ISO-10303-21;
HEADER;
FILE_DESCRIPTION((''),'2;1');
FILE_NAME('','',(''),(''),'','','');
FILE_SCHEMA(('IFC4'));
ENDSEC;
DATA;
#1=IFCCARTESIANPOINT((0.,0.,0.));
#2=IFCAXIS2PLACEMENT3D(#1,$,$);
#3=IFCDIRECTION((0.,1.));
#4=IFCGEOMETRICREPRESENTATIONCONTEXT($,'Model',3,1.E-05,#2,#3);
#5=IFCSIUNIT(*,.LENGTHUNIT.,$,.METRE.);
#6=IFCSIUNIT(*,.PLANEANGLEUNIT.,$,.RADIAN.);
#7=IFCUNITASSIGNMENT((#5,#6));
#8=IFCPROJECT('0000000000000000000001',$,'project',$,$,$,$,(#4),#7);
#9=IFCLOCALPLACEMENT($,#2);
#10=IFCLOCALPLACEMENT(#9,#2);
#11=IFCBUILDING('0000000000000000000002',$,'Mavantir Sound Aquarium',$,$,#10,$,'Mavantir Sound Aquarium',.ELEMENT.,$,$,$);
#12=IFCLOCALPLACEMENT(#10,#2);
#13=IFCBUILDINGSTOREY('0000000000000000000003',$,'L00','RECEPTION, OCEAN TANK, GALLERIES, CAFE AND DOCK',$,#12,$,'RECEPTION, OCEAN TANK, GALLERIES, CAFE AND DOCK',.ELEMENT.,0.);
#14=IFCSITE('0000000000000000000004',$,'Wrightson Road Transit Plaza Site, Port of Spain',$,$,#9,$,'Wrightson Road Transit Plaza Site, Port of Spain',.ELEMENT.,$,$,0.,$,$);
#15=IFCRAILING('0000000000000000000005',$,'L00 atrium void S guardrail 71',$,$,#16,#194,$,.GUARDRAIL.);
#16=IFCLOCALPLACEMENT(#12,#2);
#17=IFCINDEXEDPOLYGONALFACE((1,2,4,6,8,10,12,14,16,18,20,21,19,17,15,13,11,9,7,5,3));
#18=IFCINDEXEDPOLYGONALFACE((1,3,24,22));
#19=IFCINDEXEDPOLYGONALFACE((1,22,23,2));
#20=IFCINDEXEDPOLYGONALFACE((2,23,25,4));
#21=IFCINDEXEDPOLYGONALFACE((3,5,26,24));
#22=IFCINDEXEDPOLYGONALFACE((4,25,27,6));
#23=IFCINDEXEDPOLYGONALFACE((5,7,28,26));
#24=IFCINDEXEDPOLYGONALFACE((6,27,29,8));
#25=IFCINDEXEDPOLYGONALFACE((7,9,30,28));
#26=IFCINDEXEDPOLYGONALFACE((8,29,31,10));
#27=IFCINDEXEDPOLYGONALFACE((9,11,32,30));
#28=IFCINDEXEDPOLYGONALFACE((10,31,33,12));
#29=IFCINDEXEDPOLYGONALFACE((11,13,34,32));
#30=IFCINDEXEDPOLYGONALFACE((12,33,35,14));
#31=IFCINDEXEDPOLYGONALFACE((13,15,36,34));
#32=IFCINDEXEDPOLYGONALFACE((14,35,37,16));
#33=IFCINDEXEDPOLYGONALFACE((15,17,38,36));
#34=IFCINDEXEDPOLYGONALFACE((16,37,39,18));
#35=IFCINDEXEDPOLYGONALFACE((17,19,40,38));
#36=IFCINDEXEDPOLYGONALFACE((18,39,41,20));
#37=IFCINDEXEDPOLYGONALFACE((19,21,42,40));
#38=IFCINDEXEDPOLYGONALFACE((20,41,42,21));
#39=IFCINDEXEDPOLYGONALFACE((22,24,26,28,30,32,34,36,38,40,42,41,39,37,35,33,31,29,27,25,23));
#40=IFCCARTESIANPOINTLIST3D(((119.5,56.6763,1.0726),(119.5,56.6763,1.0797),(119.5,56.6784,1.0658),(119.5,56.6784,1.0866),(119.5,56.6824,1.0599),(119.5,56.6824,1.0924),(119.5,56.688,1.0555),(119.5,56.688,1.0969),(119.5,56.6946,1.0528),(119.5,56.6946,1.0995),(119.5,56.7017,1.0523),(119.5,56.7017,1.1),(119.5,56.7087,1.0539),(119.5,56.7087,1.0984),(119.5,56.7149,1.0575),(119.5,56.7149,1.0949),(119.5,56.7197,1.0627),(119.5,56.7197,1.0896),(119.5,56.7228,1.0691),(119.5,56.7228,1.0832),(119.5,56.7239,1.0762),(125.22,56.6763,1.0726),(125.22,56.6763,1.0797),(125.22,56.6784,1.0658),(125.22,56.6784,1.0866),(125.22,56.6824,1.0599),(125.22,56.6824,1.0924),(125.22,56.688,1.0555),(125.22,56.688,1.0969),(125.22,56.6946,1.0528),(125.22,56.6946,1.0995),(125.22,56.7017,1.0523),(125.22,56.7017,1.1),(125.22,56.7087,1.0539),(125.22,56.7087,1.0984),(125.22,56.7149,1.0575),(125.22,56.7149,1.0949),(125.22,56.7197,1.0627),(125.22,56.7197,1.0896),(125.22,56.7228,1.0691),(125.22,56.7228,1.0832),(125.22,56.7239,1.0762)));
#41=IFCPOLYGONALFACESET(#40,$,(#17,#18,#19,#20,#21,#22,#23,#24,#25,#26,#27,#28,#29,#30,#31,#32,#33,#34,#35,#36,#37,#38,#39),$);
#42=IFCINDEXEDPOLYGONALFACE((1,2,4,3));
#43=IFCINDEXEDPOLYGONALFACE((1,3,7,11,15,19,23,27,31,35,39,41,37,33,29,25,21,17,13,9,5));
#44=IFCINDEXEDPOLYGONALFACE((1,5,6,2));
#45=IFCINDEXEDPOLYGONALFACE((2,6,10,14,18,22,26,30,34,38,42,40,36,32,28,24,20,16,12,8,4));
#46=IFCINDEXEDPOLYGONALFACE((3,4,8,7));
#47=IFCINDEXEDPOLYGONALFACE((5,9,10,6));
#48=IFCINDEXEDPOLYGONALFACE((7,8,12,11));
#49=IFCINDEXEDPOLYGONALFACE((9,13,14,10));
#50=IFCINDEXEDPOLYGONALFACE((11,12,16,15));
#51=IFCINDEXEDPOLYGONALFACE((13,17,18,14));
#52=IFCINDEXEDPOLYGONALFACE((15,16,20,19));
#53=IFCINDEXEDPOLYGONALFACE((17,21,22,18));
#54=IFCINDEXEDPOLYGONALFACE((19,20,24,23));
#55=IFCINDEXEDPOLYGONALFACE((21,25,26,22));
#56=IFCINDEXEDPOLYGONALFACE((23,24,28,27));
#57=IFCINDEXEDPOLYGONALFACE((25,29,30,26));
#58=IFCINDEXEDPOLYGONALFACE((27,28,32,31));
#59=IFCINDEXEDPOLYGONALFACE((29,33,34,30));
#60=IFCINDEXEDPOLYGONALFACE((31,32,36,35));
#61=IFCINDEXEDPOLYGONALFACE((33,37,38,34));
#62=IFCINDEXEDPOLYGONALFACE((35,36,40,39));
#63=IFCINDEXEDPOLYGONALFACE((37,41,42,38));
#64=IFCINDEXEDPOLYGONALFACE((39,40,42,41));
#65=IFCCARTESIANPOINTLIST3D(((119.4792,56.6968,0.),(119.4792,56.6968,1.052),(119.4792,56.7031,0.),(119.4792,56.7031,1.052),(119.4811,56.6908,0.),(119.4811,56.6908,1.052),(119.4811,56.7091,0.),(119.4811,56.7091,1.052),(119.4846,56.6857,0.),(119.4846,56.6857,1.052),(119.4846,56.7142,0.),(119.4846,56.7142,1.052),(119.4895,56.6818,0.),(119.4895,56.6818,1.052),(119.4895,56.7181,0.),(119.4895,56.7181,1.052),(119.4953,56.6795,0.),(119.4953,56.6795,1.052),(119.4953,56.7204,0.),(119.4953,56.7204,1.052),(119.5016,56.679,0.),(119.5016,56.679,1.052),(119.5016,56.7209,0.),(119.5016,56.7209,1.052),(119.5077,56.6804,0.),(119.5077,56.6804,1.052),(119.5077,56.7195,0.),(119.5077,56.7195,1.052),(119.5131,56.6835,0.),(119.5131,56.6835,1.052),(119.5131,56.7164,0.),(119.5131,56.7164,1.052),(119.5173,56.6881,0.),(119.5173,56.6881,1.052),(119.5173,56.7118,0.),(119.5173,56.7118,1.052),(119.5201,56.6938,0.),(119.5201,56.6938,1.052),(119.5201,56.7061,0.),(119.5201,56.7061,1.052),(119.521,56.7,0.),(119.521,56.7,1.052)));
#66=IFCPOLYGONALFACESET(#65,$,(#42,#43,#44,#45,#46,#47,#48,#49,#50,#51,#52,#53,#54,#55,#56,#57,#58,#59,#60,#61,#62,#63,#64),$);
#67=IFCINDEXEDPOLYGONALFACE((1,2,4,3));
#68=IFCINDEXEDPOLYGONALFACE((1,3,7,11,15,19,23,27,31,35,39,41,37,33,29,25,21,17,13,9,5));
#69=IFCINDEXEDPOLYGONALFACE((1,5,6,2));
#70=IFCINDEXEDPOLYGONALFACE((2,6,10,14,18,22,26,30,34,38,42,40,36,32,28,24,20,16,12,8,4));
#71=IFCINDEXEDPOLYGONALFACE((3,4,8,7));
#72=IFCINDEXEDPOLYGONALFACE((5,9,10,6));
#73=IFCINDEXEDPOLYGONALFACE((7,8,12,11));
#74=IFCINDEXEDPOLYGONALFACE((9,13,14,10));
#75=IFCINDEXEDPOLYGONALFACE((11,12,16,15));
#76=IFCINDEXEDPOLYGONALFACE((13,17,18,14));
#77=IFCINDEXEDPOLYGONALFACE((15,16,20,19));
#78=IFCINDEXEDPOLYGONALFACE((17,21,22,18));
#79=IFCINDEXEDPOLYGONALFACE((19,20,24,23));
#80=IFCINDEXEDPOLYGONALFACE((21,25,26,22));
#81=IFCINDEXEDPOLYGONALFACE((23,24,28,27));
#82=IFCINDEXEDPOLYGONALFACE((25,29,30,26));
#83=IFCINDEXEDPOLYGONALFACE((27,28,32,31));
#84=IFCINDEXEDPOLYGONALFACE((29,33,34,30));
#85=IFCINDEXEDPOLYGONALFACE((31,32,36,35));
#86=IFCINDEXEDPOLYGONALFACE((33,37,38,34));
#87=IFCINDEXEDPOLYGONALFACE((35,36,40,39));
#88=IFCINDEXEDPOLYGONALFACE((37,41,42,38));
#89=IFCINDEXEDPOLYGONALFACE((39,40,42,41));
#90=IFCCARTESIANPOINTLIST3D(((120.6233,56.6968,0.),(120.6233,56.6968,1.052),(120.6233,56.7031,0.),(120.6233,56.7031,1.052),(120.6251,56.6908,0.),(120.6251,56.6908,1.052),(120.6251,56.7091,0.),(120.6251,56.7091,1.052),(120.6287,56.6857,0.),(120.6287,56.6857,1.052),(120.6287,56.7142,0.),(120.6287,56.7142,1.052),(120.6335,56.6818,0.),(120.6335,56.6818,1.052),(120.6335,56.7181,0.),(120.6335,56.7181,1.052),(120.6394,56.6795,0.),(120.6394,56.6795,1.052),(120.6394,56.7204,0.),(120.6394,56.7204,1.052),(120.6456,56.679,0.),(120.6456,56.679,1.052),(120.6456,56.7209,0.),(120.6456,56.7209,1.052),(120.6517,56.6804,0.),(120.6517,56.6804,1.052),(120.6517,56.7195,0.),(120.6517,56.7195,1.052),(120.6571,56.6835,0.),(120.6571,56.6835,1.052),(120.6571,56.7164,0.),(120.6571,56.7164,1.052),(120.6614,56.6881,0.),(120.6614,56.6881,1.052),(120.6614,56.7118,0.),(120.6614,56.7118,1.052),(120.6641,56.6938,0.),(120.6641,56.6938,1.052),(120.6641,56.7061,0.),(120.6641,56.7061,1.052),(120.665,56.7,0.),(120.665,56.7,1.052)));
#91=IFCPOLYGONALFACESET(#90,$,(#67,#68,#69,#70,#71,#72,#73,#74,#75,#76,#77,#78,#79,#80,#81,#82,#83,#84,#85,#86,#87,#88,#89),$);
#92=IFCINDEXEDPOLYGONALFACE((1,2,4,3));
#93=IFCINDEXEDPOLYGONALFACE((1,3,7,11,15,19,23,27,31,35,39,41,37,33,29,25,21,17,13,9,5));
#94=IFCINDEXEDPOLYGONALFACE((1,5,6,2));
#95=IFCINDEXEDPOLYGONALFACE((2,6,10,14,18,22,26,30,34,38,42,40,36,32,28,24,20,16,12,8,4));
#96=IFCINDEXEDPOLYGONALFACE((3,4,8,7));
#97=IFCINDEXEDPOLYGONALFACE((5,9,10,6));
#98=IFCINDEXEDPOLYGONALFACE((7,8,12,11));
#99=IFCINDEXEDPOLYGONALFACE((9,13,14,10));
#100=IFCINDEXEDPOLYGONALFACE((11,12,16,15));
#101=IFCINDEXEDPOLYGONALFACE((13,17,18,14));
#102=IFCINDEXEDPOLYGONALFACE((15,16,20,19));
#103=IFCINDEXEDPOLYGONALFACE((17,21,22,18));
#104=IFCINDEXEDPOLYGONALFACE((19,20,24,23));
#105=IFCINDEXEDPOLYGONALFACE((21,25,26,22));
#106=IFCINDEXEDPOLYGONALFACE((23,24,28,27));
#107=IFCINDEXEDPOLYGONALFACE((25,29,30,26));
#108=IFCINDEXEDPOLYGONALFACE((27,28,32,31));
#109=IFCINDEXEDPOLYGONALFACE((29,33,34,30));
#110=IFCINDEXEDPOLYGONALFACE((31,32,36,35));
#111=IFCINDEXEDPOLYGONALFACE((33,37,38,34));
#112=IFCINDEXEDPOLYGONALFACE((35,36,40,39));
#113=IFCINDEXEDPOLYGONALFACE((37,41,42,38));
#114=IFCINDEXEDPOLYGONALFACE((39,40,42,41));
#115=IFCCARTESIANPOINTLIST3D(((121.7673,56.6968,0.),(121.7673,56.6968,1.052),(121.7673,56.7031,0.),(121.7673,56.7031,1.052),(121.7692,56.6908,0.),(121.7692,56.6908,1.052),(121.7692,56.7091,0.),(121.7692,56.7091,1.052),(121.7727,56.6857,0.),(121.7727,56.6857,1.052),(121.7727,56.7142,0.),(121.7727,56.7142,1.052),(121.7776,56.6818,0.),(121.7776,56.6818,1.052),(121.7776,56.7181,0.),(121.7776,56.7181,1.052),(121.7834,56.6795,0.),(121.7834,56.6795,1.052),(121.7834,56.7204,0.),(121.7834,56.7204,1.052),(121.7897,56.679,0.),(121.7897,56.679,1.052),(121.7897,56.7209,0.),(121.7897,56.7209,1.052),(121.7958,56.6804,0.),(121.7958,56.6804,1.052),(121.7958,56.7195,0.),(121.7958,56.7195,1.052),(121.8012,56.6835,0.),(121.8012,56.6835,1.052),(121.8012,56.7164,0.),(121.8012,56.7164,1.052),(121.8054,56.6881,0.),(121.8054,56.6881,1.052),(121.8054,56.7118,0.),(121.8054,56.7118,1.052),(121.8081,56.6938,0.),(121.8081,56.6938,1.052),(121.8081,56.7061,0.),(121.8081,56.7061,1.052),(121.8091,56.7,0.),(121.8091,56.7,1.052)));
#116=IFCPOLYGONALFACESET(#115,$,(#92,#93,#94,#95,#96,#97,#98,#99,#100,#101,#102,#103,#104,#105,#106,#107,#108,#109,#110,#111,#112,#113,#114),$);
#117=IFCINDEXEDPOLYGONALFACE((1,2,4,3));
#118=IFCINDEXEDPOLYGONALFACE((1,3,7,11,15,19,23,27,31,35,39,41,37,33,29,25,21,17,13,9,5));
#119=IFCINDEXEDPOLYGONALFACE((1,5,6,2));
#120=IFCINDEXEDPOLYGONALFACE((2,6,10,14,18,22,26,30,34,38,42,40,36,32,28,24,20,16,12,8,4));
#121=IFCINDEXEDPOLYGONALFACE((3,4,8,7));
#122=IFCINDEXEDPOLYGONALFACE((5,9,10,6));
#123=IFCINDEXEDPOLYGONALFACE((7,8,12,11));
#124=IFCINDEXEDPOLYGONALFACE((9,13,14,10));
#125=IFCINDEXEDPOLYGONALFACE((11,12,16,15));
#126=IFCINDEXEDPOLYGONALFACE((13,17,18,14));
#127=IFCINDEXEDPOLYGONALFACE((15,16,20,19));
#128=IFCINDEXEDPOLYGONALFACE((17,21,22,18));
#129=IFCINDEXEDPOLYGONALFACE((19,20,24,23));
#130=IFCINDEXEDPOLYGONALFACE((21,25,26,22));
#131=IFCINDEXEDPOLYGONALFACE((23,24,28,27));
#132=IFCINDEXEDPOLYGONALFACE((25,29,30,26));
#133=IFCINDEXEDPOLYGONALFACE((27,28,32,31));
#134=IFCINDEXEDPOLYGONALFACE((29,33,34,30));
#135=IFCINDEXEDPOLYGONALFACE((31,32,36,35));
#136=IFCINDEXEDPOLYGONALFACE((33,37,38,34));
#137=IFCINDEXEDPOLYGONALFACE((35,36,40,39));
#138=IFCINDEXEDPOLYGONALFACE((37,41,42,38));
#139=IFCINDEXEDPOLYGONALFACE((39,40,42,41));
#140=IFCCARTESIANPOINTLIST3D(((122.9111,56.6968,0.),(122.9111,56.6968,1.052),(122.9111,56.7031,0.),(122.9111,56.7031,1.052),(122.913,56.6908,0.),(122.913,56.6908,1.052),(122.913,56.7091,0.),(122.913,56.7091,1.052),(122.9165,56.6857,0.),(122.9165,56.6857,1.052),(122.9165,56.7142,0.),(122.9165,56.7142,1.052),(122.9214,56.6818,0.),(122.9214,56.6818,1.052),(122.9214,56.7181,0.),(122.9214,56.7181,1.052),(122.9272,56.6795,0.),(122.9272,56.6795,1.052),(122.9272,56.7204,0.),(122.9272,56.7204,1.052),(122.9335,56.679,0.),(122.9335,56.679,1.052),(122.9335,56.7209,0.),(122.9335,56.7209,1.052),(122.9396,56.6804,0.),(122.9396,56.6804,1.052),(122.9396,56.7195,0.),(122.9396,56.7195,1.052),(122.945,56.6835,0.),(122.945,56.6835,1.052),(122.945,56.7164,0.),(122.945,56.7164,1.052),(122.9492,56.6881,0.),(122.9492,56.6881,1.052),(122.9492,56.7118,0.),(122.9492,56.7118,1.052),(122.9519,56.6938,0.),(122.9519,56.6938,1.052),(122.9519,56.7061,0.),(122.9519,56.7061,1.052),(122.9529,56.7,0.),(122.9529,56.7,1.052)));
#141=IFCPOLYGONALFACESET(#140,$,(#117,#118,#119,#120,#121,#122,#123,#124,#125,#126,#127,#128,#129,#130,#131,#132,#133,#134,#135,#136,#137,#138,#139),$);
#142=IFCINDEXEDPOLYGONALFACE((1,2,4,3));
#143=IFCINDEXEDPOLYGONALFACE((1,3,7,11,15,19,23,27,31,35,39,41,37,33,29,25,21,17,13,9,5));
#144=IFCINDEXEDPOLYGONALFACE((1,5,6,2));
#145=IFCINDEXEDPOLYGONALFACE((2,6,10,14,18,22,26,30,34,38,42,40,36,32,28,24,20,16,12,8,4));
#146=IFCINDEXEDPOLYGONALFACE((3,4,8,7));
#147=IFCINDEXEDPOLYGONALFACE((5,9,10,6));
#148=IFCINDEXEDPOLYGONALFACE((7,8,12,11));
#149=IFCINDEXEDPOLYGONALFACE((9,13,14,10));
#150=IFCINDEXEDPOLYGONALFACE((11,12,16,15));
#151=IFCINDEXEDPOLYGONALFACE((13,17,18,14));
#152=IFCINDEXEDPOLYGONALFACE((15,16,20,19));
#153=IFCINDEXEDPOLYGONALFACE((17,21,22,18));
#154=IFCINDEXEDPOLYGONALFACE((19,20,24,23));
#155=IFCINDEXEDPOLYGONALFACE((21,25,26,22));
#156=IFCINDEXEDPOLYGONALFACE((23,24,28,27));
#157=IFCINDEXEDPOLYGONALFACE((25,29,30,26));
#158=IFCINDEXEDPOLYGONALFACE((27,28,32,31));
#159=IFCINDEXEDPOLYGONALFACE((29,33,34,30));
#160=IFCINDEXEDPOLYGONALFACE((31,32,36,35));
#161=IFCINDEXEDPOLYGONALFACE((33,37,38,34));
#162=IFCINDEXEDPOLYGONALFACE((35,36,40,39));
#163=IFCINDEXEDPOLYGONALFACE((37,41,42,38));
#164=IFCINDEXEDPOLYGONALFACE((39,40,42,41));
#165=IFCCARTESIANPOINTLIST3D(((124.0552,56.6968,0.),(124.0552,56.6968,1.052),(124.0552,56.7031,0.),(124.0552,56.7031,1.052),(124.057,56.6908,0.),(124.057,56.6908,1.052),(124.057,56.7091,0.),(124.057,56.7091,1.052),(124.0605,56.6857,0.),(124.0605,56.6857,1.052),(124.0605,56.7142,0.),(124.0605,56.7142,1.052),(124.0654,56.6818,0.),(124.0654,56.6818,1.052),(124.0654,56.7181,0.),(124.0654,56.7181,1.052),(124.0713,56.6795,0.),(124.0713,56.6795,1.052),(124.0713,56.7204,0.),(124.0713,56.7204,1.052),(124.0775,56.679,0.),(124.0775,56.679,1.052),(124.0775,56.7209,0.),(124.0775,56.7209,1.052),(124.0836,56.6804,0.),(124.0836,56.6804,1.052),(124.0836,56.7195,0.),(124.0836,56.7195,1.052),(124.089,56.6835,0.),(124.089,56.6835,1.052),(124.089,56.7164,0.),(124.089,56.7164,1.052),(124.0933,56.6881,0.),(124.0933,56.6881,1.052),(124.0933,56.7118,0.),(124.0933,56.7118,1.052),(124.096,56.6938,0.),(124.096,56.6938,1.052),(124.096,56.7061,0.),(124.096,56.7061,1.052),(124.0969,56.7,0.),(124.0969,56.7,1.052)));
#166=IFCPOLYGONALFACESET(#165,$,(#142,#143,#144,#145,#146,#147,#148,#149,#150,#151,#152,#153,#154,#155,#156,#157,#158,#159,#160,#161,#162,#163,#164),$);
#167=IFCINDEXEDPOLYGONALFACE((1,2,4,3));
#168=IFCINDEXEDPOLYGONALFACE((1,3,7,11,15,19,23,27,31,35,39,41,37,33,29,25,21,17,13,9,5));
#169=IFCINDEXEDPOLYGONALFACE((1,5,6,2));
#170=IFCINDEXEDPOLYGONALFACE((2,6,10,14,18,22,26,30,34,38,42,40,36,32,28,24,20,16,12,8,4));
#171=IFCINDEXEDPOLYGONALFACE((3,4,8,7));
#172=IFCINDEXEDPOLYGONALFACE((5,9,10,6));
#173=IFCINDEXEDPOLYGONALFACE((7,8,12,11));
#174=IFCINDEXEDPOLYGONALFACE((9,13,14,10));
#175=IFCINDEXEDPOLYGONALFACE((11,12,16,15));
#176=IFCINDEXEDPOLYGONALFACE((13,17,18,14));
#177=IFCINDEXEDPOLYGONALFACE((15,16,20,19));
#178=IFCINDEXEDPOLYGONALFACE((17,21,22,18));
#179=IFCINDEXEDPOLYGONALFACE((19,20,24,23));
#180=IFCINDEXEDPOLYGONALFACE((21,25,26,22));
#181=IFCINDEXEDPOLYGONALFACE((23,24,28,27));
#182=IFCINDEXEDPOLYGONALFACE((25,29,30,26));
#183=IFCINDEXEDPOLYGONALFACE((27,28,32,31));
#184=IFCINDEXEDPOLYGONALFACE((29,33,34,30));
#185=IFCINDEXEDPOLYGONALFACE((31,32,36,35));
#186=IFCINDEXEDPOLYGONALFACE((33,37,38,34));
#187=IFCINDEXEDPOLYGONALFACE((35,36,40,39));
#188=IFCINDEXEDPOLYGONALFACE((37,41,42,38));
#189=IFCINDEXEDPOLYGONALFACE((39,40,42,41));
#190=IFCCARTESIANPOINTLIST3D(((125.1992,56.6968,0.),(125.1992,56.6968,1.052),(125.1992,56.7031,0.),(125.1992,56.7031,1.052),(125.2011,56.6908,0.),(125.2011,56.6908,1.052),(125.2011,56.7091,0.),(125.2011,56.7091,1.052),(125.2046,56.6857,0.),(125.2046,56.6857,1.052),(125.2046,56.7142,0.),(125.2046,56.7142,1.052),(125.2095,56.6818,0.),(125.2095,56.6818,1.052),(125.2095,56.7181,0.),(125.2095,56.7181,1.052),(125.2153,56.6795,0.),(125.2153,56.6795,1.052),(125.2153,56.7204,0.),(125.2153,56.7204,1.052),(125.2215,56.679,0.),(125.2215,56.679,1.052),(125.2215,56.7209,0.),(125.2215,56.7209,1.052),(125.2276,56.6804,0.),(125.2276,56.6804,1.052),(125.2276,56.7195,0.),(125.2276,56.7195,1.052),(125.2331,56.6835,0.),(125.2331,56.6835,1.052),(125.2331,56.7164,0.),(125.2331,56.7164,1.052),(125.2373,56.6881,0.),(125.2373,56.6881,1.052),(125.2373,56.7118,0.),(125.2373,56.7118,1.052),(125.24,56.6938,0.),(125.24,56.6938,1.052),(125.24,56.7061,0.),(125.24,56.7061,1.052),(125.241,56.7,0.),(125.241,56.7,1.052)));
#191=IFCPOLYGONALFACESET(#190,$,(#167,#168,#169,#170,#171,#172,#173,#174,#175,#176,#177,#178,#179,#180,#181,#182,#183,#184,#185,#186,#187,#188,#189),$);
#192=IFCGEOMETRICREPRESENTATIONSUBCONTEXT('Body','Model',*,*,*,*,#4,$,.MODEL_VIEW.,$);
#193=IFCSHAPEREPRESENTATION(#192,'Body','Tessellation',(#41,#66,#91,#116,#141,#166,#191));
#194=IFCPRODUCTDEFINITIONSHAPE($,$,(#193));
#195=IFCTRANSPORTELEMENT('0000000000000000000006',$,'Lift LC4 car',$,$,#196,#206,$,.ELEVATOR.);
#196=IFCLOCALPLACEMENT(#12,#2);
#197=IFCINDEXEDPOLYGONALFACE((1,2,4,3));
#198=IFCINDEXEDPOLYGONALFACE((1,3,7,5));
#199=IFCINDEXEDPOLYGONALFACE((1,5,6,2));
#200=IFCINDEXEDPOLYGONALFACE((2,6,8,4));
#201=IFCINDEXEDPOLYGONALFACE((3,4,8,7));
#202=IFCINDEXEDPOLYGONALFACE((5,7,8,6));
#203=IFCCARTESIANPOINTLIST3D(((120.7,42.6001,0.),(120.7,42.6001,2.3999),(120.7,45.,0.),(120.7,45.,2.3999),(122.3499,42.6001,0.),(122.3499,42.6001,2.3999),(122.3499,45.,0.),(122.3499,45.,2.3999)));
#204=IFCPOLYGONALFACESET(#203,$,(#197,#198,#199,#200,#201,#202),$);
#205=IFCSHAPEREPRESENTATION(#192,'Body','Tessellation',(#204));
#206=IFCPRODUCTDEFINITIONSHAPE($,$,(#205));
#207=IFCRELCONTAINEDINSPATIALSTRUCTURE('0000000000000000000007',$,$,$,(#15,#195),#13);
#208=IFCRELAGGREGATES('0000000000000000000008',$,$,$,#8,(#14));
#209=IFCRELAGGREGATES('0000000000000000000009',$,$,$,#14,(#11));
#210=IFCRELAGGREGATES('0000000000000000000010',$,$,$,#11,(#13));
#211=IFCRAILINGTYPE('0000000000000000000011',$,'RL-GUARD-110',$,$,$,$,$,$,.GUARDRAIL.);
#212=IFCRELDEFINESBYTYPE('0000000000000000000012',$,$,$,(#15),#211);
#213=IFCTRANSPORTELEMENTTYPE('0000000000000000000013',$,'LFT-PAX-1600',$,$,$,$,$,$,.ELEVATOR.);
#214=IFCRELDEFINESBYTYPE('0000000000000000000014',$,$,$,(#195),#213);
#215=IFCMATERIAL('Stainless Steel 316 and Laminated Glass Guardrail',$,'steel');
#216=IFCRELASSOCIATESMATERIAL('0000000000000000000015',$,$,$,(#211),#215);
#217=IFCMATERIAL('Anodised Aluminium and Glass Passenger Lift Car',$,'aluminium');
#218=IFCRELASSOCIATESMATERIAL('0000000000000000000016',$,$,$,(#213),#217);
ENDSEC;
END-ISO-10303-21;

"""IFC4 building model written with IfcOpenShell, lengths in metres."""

from ifc_helpers import new_model, si_unit, direction, frame, origin, origin_2d, place, context, subcontext, project, spatial, rectangle, circle, extrude, material, type_object, element, save


model = new_model("IFC4")

# Units and contexts
model_context = context("Model", 3, precision=1e-05, world=origin(), true_north=direction((0.0, 1.0)))
body_context = subcontext(model_context, "Body", "Model", "MODEL_VIEW")
ifc_project = project(units=[si_unit("LENGTHUNIT", "METRE"), si_unit("PLANEANGLEUNIT", "RADIAN")], contexts=[model_context])

# Site, building, storey
site_placement = place(None, origin())
site = spatial("IfcSite", under=ifc_project, at=site_placement, Name="Wrightson Road Transit Plaza Site, Port of Spain", LongName="Wrightson Road Transit Plaza Site, Port of Spain", CompositionType="ELEMENT", RefElevation=0.0)
building_placement = place(site_placement, origin())
building = spatial("IfcBuilding", under=site, at=building_placement, Name="Mavantir Sound Aquarium", LongName="Mavantir Sound Aquarium", CompositionType="ELEMENT")
storey_placement = place(building_placement, origin())
storey = spatial("IfcBuildingStorey", under=building, at=storey_placement, Name="L00", Description="RECEPTION, OCEAN TANK, GALLERIES, CAFE AND DOCK", LongName="RECEPTION, OCEAN TANK, GALLERIES, CAFE AND DOCK", CompositionType="ELEMENT", Elevation=0.0)

# Railing
ifc_material_1 = material(Name="Stainless Steel 316 and Laminated Glass Guardrail", Category="steel")
railing_type = type_object("IfcRailingType", Name="RL-GUARD-110", PredefinedType="GUARDRAIL", material=ifc_material_1)
railing_1_placement = place(storey_placement, frame((119.5, 56.7, 0.0)))
element("IfcRailing", 1, at=railing_1_placement, inside=storey, type_object=railing_type, Name="L00 atrium void S guardrail 71", PredefinedType="GUARDRAIL", context=body_context, shape_type="SweptSolid", body=[
    extrude(circle(Radius=0.0239, at=origin_2d()), frame((0.0, 0.0, 1.0762), z_axis=(1.0, 0.0, 0.0), x_axis=(0.0, 1.0, 0.0)), (0.0, 0.0, 1.0), 5.72),
    extrude(circle(Radius=0.021, at=origin_2d()), origin(), (0.0, 0.0, 1.0), 1.052),
    extrude(circle(Radius=0.021, at=origin_2d()), frame((1.144, 0.0, 0.0)), (0.0, 0.0, 1.0), 1.052),
    extrude(circle(Radius=0.021, at=origin_2d()), frame((2.2881, 0.0, 0.0)), (0.0, 0.0, 1.0), 1.052),
    extrude(circle(Radius=0.021, at=origin_2d()), frame((3.4319, 0.0, 0.0)), (0.0, 0.0, 1.0), 1.052),
    extrude(circle(Radius=0.021, at=origin_2d()), frame((4.5759, 0.0, 0.0)), (0.0, 0.0, 1.0), 1.052),
    extrude(circle(Radius=0.021, at=origin_2d()), frame((5.72, 0.0, 0.0)), (0.0, 0.0, 1.0), 1.052),
])

# Transport element
ifc_material_2 = material(Name="Anodised Aluminium and Glass Passenger Lift Car", Category="aluminium")
transport_element_type = type_object("IfcTransportElementType", Name="LFT-PAX-1600", PredefinedType="ELEVATOR", material=ifc_material_2)
transport_element_placement = place(storey_placement, frame((121.5249, 43.8, 0.0), z_axis=(0.0, 0.0, 1.0), x_axis=(1.0, 0.0, 0.0)))
element("IfcTransportElement", 2, at=transport_element_placement, inside=storey, type_object=transport_element_type, Name="Lift LC4 car", PredefinedType="ELEVATOR", context=body_context, shape_type="SweptSolid", body=[
    extrude(rectangle(XDim=1.6499, YDim=2.3999, at=origin_2d()), origin(), (0.0, 0.0, 1.0), 2.3999),
])

save(model, "model.ifc")
